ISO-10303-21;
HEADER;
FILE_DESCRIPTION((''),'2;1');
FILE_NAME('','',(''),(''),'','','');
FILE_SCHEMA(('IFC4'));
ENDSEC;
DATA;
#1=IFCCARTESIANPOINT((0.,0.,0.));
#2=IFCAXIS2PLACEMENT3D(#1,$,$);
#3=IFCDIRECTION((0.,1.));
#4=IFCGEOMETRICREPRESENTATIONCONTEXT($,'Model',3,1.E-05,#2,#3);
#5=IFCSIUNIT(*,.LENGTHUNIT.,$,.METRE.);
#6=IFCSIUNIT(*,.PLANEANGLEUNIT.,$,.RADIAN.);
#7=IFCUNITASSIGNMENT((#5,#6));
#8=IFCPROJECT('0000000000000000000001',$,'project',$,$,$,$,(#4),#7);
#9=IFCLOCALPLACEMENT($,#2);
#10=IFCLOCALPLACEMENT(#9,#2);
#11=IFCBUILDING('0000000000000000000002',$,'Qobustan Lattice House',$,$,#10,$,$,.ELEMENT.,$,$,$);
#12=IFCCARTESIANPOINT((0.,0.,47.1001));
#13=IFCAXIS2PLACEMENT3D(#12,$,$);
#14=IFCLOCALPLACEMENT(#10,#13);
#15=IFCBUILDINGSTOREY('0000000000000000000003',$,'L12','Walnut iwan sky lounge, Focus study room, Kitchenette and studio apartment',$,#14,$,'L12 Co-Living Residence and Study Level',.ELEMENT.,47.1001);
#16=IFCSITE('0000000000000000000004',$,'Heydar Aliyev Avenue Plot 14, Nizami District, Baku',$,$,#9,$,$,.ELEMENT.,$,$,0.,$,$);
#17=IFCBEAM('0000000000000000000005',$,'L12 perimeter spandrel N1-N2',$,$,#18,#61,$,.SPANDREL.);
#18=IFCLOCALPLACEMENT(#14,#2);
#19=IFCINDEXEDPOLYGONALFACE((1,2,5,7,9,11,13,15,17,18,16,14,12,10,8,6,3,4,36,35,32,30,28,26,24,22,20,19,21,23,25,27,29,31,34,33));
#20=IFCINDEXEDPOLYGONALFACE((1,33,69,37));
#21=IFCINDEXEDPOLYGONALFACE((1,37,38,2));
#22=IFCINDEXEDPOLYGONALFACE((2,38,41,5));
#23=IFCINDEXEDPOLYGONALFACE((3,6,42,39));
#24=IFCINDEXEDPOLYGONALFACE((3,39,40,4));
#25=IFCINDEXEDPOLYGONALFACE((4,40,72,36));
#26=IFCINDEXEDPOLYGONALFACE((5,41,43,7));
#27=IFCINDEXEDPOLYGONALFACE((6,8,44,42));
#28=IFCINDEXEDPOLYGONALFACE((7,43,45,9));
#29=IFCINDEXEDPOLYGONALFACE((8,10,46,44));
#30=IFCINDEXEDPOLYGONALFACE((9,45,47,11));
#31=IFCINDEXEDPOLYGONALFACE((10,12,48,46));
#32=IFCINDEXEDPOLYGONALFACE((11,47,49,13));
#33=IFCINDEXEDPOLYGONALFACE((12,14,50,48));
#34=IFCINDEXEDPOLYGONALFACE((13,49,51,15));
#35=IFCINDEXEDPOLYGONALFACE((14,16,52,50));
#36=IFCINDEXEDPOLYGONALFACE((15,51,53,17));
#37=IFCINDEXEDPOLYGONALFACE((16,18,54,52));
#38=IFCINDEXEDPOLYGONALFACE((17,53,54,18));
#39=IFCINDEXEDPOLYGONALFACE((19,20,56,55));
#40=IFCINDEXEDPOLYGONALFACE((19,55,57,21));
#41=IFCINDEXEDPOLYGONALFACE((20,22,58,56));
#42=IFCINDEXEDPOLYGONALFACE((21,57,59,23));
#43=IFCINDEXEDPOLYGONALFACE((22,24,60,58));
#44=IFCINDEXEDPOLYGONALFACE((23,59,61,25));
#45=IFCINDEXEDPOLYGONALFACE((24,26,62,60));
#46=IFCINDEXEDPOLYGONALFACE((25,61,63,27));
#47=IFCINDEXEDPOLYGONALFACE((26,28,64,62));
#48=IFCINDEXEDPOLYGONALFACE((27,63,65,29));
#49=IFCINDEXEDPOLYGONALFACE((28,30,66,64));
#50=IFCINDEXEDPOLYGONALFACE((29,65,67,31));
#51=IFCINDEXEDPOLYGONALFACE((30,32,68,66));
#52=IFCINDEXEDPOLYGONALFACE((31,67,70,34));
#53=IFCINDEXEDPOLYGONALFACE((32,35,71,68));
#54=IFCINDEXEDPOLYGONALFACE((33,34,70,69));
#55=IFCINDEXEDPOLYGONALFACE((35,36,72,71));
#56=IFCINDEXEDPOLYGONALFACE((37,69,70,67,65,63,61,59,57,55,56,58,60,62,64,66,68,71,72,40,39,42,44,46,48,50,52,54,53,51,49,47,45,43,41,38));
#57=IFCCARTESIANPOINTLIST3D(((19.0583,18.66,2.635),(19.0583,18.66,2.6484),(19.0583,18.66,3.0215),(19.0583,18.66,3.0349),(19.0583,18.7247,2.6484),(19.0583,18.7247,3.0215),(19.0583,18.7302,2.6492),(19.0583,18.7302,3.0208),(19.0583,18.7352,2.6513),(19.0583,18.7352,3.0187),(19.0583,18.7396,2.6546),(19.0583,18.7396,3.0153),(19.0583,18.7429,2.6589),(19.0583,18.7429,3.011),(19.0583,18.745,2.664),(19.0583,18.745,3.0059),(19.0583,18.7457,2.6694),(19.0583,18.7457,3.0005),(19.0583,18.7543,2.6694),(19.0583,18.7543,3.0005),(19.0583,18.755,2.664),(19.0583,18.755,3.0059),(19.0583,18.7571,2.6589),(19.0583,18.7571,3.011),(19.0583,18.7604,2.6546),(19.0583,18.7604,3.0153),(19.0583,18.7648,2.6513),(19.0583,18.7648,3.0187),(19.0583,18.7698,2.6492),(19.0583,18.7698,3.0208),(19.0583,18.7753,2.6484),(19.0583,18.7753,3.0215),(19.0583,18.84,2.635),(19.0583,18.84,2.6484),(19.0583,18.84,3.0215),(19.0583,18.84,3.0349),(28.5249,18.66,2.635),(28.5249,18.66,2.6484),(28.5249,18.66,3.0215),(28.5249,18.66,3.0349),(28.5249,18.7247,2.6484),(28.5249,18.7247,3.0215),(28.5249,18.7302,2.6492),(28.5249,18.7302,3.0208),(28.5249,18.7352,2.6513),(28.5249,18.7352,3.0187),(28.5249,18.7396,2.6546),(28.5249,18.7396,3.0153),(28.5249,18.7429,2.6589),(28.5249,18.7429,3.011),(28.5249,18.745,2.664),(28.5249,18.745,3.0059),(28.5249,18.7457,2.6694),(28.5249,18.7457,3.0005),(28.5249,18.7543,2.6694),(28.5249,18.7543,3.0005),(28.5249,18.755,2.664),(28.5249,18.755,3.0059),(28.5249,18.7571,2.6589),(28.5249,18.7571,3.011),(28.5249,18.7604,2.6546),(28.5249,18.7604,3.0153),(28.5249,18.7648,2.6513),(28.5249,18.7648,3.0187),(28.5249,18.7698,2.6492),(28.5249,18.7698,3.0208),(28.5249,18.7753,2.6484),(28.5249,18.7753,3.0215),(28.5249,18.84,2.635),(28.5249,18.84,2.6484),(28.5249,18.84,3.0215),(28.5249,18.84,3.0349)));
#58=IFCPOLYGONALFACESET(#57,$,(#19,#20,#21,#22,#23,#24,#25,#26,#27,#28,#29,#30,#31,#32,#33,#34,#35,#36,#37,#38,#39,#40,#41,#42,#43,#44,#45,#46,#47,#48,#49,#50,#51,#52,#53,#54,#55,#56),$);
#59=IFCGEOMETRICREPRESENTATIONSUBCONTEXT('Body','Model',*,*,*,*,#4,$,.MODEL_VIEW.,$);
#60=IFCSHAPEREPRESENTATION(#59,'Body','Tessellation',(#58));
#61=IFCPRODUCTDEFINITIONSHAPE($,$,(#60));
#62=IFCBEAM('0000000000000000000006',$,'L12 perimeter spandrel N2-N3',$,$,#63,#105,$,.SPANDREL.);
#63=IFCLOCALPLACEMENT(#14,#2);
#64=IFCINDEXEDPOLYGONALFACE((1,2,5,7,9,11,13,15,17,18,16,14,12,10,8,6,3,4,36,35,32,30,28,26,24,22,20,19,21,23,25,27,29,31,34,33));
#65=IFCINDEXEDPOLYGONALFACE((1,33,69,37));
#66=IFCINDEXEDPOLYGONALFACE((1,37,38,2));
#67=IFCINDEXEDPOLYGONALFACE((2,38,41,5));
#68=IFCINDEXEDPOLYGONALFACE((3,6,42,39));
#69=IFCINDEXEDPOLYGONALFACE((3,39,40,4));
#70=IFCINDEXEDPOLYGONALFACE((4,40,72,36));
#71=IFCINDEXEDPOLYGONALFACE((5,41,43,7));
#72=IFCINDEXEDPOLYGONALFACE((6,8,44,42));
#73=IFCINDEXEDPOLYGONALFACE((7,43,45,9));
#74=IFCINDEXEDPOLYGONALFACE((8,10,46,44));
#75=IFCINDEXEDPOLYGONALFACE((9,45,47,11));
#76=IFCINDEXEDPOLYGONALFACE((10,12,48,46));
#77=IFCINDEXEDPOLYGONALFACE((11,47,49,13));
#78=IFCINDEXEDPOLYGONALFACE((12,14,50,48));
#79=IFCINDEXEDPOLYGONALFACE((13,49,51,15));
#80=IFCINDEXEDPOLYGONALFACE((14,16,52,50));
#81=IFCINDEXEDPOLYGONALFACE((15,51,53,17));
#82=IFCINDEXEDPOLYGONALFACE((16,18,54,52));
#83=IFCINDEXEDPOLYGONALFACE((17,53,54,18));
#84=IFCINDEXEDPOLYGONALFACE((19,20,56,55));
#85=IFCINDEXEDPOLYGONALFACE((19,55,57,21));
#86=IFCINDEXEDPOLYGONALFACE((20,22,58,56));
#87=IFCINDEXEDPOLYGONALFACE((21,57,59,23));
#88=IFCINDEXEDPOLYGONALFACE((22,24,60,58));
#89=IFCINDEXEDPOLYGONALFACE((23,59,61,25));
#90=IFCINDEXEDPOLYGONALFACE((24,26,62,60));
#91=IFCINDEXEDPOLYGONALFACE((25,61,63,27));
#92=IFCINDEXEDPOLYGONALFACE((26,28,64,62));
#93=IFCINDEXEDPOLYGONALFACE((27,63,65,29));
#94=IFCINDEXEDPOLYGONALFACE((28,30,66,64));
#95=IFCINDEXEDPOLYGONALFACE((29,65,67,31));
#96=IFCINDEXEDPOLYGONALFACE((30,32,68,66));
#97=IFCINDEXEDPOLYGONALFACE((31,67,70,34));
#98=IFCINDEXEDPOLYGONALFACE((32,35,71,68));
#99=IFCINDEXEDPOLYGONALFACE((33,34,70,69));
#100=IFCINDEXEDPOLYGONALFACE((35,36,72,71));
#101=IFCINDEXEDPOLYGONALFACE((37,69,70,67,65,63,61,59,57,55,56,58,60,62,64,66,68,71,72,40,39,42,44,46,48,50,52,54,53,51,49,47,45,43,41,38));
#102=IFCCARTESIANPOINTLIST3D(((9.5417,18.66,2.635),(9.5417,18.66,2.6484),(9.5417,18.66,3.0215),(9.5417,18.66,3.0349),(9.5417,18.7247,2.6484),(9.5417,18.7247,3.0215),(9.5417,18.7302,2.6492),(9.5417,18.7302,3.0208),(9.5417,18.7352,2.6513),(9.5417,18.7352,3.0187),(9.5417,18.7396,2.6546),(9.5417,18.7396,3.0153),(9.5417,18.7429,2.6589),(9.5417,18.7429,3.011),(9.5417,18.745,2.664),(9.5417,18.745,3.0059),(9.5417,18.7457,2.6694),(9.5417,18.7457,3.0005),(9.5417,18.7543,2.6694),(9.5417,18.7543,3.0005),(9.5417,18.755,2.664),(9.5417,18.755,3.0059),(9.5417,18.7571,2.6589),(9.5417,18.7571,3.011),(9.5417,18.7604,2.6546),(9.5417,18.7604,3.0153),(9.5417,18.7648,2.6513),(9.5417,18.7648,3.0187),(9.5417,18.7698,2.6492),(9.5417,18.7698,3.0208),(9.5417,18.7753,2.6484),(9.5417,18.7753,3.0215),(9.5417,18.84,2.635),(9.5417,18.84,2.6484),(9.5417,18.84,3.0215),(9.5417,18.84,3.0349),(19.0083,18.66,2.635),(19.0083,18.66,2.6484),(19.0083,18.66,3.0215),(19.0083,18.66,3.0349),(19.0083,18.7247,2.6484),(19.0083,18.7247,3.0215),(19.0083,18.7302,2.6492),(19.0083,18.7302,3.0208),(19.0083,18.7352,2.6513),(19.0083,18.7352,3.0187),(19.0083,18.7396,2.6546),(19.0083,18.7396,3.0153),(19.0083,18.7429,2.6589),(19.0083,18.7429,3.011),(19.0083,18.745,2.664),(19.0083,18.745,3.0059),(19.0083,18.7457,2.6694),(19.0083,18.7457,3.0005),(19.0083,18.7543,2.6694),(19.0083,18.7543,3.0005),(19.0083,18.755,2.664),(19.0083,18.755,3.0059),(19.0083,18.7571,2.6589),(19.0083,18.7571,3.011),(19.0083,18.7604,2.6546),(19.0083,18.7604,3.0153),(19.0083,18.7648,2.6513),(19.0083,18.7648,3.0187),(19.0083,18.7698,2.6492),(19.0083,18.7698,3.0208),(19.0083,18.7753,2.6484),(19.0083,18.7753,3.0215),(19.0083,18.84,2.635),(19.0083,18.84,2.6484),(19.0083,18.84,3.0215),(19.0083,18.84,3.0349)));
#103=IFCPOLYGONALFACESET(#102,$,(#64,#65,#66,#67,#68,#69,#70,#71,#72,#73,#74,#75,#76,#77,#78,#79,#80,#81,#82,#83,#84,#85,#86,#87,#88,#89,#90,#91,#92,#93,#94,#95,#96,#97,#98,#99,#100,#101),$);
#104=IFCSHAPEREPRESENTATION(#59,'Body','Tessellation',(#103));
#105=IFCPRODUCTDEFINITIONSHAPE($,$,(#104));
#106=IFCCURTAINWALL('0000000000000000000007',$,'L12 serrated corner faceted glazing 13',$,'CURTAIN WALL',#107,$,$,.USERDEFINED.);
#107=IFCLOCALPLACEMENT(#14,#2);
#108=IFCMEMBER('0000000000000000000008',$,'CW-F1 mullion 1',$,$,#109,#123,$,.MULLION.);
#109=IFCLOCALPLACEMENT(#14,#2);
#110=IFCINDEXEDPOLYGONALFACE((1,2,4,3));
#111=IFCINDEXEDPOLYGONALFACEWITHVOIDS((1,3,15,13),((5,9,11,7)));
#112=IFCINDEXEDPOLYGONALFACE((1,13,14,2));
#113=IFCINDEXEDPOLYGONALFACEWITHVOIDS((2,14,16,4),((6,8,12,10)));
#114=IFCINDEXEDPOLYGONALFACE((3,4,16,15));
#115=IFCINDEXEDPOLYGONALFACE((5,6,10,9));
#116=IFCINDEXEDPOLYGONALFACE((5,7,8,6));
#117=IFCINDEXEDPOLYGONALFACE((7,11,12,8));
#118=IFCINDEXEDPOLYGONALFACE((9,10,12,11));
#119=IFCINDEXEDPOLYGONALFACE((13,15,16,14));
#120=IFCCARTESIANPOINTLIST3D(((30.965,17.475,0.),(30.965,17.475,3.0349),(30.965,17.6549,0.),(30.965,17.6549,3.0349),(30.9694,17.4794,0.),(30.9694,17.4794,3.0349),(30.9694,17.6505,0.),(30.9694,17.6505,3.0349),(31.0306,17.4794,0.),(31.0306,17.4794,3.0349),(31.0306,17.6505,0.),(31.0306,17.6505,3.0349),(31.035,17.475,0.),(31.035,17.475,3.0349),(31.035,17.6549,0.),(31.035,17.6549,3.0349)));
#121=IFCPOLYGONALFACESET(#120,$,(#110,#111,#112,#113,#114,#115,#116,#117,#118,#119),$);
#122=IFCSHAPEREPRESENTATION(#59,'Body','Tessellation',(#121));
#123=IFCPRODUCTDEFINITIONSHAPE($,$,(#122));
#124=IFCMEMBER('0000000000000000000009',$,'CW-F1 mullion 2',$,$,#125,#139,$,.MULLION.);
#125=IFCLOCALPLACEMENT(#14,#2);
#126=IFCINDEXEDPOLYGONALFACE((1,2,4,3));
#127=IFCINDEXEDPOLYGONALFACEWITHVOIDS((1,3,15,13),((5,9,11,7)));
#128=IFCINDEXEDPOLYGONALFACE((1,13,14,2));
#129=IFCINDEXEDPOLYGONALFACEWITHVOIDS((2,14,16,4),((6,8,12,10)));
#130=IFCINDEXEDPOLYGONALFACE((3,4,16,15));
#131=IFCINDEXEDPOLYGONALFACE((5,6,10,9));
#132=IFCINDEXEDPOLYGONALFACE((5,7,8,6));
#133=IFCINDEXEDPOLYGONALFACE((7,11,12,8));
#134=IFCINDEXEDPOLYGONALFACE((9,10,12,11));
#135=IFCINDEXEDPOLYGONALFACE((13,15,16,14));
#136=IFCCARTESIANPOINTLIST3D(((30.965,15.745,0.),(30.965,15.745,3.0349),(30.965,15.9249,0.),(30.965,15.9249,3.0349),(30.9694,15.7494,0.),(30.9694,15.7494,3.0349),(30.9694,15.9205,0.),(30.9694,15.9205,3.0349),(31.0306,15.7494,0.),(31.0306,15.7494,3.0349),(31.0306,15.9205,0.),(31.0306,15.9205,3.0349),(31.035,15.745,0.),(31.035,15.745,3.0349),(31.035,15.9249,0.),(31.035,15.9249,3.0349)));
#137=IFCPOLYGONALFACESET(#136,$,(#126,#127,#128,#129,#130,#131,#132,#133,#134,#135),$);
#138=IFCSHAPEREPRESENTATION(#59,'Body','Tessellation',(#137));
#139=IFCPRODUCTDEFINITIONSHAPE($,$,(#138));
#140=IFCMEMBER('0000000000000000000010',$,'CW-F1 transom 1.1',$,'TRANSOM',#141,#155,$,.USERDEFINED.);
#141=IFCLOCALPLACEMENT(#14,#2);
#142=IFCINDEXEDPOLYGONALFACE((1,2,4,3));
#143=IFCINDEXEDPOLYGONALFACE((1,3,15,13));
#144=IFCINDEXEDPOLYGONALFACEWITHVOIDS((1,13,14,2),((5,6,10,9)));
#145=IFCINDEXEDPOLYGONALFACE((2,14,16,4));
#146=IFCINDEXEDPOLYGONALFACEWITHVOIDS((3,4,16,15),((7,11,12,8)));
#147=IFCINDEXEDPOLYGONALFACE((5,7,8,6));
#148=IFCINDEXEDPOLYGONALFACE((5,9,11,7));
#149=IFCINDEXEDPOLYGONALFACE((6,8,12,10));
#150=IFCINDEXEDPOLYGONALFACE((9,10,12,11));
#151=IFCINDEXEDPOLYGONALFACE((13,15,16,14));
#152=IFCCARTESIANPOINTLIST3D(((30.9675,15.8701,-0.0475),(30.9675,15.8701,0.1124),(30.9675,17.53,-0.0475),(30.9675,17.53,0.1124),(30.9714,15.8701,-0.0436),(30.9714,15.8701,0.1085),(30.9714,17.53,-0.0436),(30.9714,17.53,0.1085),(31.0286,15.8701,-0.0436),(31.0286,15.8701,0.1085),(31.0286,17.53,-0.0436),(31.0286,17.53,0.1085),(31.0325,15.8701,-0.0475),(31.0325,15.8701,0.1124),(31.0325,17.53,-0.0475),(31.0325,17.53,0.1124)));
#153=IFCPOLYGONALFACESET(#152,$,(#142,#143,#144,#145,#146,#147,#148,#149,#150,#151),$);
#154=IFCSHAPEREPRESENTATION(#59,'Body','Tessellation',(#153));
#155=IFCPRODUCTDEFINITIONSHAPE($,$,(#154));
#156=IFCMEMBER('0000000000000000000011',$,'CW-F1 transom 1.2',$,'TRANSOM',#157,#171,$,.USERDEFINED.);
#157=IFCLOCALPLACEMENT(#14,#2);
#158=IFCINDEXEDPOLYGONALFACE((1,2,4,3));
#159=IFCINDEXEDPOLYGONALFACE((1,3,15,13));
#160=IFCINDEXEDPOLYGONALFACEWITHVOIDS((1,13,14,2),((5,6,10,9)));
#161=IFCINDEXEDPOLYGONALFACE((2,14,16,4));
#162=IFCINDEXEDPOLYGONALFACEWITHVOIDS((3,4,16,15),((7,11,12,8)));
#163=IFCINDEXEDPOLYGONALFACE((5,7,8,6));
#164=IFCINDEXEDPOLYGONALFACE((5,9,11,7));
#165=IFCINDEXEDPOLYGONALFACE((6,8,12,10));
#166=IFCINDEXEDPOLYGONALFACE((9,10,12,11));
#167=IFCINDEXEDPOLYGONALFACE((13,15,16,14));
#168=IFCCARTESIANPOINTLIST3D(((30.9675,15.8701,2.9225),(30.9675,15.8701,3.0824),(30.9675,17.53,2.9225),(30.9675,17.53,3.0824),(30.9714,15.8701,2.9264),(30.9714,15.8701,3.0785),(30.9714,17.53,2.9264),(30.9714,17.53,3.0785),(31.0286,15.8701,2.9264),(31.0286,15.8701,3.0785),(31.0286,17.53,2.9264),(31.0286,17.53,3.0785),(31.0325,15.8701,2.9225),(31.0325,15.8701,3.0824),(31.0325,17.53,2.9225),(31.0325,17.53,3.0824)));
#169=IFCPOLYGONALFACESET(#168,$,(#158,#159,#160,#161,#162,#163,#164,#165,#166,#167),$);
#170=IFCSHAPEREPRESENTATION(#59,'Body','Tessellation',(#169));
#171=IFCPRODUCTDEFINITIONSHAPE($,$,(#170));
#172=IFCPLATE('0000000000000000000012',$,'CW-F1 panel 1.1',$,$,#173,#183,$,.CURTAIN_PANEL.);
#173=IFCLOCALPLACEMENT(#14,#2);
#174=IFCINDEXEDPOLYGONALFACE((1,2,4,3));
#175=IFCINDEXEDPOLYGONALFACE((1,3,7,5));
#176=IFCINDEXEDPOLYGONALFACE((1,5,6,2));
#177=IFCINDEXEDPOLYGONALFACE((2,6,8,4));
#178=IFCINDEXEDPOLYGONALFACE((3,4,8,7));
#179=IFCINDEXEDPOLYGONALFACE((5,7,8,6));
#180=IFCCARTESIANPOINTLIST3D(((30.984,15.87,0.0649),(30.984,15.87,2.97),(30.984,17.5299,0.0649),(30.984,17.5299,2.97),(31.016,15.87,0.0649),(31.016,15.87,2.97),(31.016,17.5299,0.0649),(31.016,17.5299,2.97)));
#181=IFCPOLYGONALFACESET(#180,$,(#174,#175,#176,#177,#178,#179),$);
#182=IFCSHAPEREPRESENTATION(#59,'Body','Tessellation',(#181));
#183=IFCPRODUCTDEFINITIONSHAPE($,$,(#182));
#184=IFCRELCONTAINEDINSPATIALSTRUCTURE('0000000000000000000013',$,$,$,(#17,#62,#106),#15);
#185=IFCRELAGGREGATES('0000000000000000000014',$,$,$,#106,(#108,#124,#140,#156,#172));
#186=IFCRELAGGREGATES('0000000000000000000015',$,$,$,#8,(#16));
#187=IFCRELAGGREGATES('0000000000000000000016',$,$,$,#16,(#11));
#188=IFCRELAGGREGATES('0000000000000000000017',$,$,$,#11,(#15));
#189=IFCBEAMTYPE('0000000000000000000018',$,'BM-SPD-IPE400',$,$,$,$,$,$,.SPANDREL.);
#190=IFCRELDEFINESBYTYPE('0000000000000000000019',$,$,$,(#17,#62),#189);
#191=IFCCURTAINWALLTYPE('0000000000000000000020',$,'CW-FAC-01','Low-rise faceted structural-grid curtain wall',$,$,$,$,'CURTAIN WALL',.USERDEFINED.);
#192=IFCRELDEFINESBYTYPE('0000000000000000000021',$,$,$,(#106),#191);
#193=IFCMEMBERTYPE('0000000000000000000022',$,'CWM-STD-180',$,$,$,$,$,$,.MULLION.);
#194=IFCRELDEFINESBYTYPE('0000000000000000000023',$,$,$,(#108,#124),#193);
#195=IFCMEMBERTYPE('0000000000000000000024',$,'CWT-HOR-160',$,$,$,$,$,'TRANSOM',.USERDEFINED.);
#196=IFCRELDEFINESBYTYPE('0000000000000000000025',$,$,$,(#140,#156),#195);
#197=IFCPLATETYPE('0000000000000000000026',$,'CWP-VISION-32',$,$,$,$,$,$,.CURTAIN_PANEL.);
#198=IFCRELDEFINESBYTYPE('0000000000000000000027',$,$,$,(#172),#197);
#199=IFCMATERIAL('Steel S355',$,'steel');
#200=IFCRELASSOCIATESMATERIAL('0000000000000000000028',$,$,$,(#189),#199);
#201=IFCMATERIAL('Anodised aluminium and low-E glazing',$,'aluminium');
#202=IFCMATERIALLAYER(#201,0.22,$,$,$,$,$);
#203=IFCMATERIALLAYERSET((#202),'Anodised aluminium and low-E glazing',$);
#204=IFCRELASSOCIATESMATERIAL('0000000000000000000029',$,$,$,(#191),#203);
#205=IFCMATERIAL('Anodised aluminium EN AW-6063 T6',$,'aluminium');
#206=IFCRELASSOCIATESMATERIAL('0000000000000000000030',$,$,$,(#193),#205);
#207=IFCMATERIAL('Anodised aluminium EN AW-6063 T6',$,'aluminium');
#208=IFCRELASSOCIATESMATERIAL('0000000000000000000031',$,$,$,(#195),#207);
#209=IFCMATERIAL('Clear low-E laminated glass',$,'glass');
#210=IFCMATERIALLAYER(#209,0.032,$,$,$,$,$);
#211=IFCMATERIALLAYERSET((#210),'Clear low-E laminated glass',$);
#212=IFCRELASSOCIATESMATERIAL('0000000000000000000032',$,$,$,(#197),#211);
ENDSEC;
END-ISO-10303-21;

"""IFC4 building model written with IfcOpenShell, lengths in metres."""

from ifc_helpers import new_model, si_unit, direction, frame, origin, origin_2d, place, context, subcontext, project, spatial, rectangle, hollow_rectangle, i_section, extrude, material, layer, layer_set, material_profile, profile_set, type_object, element, aggregate, save


model = new_model("IFC4")

# Units and contexts
model_context = context("Model", 3, precision=1e-05, world=origin(), true_north=direction((0.0, 1.0)))
body_context = subcontext(model_context, "Body", "Model", "MODEL_VIEW")
ifc_project = project(units=[si_unit("LENGTHUNIT", "METRE"), si_unit("PLANEANGLEUNIT", "RADIAN")], contexts=[model_context])

# Site, building, storey
site_placement = place(None, origin())
site = spatial("IfcSite", under=ifc_project, at=site_placement, Name="Heydar Aliyev Avenue Plot 14, Nizami District, Baku", CompositionType="ELEMENT", RefElevation=0.0)
building_placement = place(site_placement, origin())
building = spatial("IfcBuilding", under=site, at=building_placement, Name="Qobustan Lattice House", CompositionType="ELEMENT")
storey_placement = place(building_placement, frame((0.0, 0.0, 47.1001)))
storey = spatial("IfcBuildingStorey", under=building, at=storey_placement, Name="L12", Description="Walnut iwan sky lounge, Focus study room, Kitchenette and studio apartment", LongName="L12 Co-Living Residence and Study Level", CompositionType="ELEMENT", Elevation=47.1001)

# Beams
ifc_material_1 = material(Name="Steel S355", Category="steel")
ifc_material_profile_1 = material_profile(ifc_material_1, i_section(OverallWidth=0.1799, OverallDepth=0.3999, WebThickness=0.0085, FlangeThickness=0.0134, FilletRadius=0.021, at=origin_2d()), Name="IPE400")
ifc_profile_set_1 = profile_set([ifc_material_profile_1], Name="Steel S355")
beam_type_1 = type_object("IfcBeamType", Name="BM-SPD-IPE400", PredefinedType="SPANDREL", material=ifc_profile_set_1)
for number, where, z_axis, x_axis, name in (
    (1, (28.5249, 18.75, 2.835), (-1.0, 0.0, 0.0), (0.0, -1.0, 0.0), "L12 perimeter spandrel N1-N2"),
    (2, (19.0083, 18.75, 2.835), (-1.0, 0.0, 0.0), (0.0, -1.0, 0.0), "L12 perimeter spandrel N2-N3"),
):
    element("IfcBeam", number, at=place(storey_placement, frame(where, z_axis=z_axis, x_axis=x_axis)), inside=storey, type_object=beam_type_1, Name=name, PredefinedType="SPANDREL", context=body_context, shape_type="SweptSolid", body=[
        extrude(i_section(OverallWidth=0.1799, OverallDepth=0.3999, WebThickness=0.0085, FlangeThickness=0.0134, FilletRadius=0.021, at=origin_2d()), origin(), (0.0, 0.0, 1.0), 9.4666),
    ])

# Curtain wall, members, plate
ifc_material_2 = material(Name="Anodised aluminium and low-E glazing", Category="aluminium")
ifc_layer_1 = layer(ifc_material_2, 0.22)
ifc_layer_set_1 = layer_set([ifc_layer_1], Name="Anodised aluminium and low-E glazing")
curtain_wall_type = type_object("IfcCurtainWallType", Name="CW-FAC-01", Description="Low-rise faceted structural-grid curtain wall", ElementType="CURTAIN WALL", PredefinedType="USERDEFINED", material=ifc_layer_set_1)
curtain_wall_placement = place(storey_placement, origin())
curtain_wall = element("IfcCurtainWall", 3, at=curtain_wall_placement, inside=storey, type_object=curtain_wall_type, Name="L12 serrated corner faceted glazing 13", ObjectType="CURTAIN WALL", PredefinedType="USERDEFINED")
ifc_material_3 = material(Name="Anodised aluminium EN AW-6063 T6", Category="aluminium")
ifc_material_profile_2 = material_profile(ifc_material_3, hollow_rectangle(XDim=0.0701, YDim=0.1799, WallThickness=0.0044, at=origin_2d()), Name="CWM-180x70")
ifc_profile_set_2 = profile_set([ifc_material_profile_2], Name="Anodised aluminium EN AW-6063 T6")
member_type_1 = type_object("IfcMemberType", Name="CWM-STD-180", PredefinedType="MULLION", material=ifc_profile_set_2)
member_1_placement = place(storey_placement, frame((31.0, 17.5649, 0.0), z_axis=(0.0, 0.0, 1.0), x_axis=(1.0, 0.0, 0.0)))
member_1 = element("IfcMember", 4, at=member_1_placement, type_object=member_type_1, Name="CW-F1 mullion 1", PredefinedType="MULLION", context=body_context, shape_type="SweptSolid", body=[
    extrude(hollow_rectangle(XDim=0.0701, YDim=0.1799, WallThickness=0.0044, at=origin_2d()), origin(), (0.0, 0.0, 1.0), 3.0349),
])
member_2_placement = place(storey_placement, frame((31.0, 15.835, 0.0), z_axis=(0.0, 0.0, 1.0), x_axis=(1.0, 0.0, 0.0)))
member_2 = element("IfcMember", 5, at=member_2_placement, type_object=member_type_1, Name="CW-F1 mullion 2", PredefinedType="MULLION", context=body_context, shape_type="SweptSolid", body=[
    extrude(hollow_rectangle(XDim=0.0701, YDim=0.1799, WallThickness=0.0044, at=origin_2d()), origin(), (0.0, 0.0, 1.0), 3.0349),
])
ifc_material_4 = material(Name="Anodised aluminium EN AW-6063 T6", Category="aluminium")
ifc_material_profile_3 = material_profile(ifc_material_4, hollow_rectangle(XDim=0.0649, YDim=0.1599, WallThickness=0.0039, at=origin_2d()), Name="CWT-160x65")
ifc_profile_set_3 = profile_set([ifc_material_profile_3], Name="Anodised aluminium EN AW-6063 T6")
member_type_2 = type_object("IfcMemberType", Name="CWT-HOR-160", ElementType="TRANSOM", PredefinedType="USERDEFINED", material=ifc_profile_set_3)
member_3_placement = place(storey_placement, frame((31.0, 17.53, 0.0325), z_axis=(0.0, -1.0, 0.0), x_axis=(1.0, 0.0, 0.0)))
member_3 = element("IfcMember", 6, at=member_3_placement, type_object=member_type_2, Name="CW-F1 transom 1.1", ObjectType="TRANSOM", PredefinedType="USERDEFINED", context=body_context, shape_type="SweptSolid", body=[
    extrude(hollow_rectangle(XDim=0.0649, YDim=0.1599, WallThickness=0.0039, at=origin_2d()), origin(), (0.0, 0.0, 1.0), 1.6599),
])
member_4_placement = place(storey_placement, frame((31.0, 17.53, 3.0024), z_axis=(0.0, -1.0, 0.0), x_axis=(1.0, 0.0, 0.0)))
member_4 = element("IfcMember", 7, at=member_4_placement, type_object=member_type_2, Name="CW-F1 transom 1.2", ObjectType="TRANSOM", PredefinedType="USERDEFINED", context=body_context, shape_type="SweptSolid", body=[
    extrude(hollow_rectangle(XDim=0.0649, YDim=0.1599, WallThickness=0.0039, at=origin_2d()), origin(), (0.0, 0.0, 1.0), 1.6599),
])
ifc_material_5 = material(Name="Clear low-E laminated glass", Category="glass")
ifc_layer_2 = layer(ifc_material_5, 0.032)
ifc_layer_set_2 = layer_set([ifc_layer_2], Name="Clear low-E laminated glass")
plate_type = type_object("IfcPlateType", Name="CWP-VISION-32", PredefinedType="CURTAIN_PANEL", material=ifc_layer_set_2)
plate_placement = place(storey_placement, frame((31.0, 16.7, 0.0649), z_axis=(0.0, 0.0, 1.0), x_axis=(0.0, -1.0, 0.0)))
plate = element("IfcPlate", 8, at=plate_placement, type_object=plate_type, Name="CW-F1 panel 1.1", PredefinedType="CURTAIN_PANEL", context=body_context, shape_type="SweptSolid", body=[
    extrude(rectangle(XDim=1.6599, YDim=0.032, at=origin_2d()), origin(), (0.0, 0.0, 1.0), 2.905),
])
aggregate(curtain_wall, [member_1, member_2, member_3, member_4, plate])

save(model, "model.ifc")
